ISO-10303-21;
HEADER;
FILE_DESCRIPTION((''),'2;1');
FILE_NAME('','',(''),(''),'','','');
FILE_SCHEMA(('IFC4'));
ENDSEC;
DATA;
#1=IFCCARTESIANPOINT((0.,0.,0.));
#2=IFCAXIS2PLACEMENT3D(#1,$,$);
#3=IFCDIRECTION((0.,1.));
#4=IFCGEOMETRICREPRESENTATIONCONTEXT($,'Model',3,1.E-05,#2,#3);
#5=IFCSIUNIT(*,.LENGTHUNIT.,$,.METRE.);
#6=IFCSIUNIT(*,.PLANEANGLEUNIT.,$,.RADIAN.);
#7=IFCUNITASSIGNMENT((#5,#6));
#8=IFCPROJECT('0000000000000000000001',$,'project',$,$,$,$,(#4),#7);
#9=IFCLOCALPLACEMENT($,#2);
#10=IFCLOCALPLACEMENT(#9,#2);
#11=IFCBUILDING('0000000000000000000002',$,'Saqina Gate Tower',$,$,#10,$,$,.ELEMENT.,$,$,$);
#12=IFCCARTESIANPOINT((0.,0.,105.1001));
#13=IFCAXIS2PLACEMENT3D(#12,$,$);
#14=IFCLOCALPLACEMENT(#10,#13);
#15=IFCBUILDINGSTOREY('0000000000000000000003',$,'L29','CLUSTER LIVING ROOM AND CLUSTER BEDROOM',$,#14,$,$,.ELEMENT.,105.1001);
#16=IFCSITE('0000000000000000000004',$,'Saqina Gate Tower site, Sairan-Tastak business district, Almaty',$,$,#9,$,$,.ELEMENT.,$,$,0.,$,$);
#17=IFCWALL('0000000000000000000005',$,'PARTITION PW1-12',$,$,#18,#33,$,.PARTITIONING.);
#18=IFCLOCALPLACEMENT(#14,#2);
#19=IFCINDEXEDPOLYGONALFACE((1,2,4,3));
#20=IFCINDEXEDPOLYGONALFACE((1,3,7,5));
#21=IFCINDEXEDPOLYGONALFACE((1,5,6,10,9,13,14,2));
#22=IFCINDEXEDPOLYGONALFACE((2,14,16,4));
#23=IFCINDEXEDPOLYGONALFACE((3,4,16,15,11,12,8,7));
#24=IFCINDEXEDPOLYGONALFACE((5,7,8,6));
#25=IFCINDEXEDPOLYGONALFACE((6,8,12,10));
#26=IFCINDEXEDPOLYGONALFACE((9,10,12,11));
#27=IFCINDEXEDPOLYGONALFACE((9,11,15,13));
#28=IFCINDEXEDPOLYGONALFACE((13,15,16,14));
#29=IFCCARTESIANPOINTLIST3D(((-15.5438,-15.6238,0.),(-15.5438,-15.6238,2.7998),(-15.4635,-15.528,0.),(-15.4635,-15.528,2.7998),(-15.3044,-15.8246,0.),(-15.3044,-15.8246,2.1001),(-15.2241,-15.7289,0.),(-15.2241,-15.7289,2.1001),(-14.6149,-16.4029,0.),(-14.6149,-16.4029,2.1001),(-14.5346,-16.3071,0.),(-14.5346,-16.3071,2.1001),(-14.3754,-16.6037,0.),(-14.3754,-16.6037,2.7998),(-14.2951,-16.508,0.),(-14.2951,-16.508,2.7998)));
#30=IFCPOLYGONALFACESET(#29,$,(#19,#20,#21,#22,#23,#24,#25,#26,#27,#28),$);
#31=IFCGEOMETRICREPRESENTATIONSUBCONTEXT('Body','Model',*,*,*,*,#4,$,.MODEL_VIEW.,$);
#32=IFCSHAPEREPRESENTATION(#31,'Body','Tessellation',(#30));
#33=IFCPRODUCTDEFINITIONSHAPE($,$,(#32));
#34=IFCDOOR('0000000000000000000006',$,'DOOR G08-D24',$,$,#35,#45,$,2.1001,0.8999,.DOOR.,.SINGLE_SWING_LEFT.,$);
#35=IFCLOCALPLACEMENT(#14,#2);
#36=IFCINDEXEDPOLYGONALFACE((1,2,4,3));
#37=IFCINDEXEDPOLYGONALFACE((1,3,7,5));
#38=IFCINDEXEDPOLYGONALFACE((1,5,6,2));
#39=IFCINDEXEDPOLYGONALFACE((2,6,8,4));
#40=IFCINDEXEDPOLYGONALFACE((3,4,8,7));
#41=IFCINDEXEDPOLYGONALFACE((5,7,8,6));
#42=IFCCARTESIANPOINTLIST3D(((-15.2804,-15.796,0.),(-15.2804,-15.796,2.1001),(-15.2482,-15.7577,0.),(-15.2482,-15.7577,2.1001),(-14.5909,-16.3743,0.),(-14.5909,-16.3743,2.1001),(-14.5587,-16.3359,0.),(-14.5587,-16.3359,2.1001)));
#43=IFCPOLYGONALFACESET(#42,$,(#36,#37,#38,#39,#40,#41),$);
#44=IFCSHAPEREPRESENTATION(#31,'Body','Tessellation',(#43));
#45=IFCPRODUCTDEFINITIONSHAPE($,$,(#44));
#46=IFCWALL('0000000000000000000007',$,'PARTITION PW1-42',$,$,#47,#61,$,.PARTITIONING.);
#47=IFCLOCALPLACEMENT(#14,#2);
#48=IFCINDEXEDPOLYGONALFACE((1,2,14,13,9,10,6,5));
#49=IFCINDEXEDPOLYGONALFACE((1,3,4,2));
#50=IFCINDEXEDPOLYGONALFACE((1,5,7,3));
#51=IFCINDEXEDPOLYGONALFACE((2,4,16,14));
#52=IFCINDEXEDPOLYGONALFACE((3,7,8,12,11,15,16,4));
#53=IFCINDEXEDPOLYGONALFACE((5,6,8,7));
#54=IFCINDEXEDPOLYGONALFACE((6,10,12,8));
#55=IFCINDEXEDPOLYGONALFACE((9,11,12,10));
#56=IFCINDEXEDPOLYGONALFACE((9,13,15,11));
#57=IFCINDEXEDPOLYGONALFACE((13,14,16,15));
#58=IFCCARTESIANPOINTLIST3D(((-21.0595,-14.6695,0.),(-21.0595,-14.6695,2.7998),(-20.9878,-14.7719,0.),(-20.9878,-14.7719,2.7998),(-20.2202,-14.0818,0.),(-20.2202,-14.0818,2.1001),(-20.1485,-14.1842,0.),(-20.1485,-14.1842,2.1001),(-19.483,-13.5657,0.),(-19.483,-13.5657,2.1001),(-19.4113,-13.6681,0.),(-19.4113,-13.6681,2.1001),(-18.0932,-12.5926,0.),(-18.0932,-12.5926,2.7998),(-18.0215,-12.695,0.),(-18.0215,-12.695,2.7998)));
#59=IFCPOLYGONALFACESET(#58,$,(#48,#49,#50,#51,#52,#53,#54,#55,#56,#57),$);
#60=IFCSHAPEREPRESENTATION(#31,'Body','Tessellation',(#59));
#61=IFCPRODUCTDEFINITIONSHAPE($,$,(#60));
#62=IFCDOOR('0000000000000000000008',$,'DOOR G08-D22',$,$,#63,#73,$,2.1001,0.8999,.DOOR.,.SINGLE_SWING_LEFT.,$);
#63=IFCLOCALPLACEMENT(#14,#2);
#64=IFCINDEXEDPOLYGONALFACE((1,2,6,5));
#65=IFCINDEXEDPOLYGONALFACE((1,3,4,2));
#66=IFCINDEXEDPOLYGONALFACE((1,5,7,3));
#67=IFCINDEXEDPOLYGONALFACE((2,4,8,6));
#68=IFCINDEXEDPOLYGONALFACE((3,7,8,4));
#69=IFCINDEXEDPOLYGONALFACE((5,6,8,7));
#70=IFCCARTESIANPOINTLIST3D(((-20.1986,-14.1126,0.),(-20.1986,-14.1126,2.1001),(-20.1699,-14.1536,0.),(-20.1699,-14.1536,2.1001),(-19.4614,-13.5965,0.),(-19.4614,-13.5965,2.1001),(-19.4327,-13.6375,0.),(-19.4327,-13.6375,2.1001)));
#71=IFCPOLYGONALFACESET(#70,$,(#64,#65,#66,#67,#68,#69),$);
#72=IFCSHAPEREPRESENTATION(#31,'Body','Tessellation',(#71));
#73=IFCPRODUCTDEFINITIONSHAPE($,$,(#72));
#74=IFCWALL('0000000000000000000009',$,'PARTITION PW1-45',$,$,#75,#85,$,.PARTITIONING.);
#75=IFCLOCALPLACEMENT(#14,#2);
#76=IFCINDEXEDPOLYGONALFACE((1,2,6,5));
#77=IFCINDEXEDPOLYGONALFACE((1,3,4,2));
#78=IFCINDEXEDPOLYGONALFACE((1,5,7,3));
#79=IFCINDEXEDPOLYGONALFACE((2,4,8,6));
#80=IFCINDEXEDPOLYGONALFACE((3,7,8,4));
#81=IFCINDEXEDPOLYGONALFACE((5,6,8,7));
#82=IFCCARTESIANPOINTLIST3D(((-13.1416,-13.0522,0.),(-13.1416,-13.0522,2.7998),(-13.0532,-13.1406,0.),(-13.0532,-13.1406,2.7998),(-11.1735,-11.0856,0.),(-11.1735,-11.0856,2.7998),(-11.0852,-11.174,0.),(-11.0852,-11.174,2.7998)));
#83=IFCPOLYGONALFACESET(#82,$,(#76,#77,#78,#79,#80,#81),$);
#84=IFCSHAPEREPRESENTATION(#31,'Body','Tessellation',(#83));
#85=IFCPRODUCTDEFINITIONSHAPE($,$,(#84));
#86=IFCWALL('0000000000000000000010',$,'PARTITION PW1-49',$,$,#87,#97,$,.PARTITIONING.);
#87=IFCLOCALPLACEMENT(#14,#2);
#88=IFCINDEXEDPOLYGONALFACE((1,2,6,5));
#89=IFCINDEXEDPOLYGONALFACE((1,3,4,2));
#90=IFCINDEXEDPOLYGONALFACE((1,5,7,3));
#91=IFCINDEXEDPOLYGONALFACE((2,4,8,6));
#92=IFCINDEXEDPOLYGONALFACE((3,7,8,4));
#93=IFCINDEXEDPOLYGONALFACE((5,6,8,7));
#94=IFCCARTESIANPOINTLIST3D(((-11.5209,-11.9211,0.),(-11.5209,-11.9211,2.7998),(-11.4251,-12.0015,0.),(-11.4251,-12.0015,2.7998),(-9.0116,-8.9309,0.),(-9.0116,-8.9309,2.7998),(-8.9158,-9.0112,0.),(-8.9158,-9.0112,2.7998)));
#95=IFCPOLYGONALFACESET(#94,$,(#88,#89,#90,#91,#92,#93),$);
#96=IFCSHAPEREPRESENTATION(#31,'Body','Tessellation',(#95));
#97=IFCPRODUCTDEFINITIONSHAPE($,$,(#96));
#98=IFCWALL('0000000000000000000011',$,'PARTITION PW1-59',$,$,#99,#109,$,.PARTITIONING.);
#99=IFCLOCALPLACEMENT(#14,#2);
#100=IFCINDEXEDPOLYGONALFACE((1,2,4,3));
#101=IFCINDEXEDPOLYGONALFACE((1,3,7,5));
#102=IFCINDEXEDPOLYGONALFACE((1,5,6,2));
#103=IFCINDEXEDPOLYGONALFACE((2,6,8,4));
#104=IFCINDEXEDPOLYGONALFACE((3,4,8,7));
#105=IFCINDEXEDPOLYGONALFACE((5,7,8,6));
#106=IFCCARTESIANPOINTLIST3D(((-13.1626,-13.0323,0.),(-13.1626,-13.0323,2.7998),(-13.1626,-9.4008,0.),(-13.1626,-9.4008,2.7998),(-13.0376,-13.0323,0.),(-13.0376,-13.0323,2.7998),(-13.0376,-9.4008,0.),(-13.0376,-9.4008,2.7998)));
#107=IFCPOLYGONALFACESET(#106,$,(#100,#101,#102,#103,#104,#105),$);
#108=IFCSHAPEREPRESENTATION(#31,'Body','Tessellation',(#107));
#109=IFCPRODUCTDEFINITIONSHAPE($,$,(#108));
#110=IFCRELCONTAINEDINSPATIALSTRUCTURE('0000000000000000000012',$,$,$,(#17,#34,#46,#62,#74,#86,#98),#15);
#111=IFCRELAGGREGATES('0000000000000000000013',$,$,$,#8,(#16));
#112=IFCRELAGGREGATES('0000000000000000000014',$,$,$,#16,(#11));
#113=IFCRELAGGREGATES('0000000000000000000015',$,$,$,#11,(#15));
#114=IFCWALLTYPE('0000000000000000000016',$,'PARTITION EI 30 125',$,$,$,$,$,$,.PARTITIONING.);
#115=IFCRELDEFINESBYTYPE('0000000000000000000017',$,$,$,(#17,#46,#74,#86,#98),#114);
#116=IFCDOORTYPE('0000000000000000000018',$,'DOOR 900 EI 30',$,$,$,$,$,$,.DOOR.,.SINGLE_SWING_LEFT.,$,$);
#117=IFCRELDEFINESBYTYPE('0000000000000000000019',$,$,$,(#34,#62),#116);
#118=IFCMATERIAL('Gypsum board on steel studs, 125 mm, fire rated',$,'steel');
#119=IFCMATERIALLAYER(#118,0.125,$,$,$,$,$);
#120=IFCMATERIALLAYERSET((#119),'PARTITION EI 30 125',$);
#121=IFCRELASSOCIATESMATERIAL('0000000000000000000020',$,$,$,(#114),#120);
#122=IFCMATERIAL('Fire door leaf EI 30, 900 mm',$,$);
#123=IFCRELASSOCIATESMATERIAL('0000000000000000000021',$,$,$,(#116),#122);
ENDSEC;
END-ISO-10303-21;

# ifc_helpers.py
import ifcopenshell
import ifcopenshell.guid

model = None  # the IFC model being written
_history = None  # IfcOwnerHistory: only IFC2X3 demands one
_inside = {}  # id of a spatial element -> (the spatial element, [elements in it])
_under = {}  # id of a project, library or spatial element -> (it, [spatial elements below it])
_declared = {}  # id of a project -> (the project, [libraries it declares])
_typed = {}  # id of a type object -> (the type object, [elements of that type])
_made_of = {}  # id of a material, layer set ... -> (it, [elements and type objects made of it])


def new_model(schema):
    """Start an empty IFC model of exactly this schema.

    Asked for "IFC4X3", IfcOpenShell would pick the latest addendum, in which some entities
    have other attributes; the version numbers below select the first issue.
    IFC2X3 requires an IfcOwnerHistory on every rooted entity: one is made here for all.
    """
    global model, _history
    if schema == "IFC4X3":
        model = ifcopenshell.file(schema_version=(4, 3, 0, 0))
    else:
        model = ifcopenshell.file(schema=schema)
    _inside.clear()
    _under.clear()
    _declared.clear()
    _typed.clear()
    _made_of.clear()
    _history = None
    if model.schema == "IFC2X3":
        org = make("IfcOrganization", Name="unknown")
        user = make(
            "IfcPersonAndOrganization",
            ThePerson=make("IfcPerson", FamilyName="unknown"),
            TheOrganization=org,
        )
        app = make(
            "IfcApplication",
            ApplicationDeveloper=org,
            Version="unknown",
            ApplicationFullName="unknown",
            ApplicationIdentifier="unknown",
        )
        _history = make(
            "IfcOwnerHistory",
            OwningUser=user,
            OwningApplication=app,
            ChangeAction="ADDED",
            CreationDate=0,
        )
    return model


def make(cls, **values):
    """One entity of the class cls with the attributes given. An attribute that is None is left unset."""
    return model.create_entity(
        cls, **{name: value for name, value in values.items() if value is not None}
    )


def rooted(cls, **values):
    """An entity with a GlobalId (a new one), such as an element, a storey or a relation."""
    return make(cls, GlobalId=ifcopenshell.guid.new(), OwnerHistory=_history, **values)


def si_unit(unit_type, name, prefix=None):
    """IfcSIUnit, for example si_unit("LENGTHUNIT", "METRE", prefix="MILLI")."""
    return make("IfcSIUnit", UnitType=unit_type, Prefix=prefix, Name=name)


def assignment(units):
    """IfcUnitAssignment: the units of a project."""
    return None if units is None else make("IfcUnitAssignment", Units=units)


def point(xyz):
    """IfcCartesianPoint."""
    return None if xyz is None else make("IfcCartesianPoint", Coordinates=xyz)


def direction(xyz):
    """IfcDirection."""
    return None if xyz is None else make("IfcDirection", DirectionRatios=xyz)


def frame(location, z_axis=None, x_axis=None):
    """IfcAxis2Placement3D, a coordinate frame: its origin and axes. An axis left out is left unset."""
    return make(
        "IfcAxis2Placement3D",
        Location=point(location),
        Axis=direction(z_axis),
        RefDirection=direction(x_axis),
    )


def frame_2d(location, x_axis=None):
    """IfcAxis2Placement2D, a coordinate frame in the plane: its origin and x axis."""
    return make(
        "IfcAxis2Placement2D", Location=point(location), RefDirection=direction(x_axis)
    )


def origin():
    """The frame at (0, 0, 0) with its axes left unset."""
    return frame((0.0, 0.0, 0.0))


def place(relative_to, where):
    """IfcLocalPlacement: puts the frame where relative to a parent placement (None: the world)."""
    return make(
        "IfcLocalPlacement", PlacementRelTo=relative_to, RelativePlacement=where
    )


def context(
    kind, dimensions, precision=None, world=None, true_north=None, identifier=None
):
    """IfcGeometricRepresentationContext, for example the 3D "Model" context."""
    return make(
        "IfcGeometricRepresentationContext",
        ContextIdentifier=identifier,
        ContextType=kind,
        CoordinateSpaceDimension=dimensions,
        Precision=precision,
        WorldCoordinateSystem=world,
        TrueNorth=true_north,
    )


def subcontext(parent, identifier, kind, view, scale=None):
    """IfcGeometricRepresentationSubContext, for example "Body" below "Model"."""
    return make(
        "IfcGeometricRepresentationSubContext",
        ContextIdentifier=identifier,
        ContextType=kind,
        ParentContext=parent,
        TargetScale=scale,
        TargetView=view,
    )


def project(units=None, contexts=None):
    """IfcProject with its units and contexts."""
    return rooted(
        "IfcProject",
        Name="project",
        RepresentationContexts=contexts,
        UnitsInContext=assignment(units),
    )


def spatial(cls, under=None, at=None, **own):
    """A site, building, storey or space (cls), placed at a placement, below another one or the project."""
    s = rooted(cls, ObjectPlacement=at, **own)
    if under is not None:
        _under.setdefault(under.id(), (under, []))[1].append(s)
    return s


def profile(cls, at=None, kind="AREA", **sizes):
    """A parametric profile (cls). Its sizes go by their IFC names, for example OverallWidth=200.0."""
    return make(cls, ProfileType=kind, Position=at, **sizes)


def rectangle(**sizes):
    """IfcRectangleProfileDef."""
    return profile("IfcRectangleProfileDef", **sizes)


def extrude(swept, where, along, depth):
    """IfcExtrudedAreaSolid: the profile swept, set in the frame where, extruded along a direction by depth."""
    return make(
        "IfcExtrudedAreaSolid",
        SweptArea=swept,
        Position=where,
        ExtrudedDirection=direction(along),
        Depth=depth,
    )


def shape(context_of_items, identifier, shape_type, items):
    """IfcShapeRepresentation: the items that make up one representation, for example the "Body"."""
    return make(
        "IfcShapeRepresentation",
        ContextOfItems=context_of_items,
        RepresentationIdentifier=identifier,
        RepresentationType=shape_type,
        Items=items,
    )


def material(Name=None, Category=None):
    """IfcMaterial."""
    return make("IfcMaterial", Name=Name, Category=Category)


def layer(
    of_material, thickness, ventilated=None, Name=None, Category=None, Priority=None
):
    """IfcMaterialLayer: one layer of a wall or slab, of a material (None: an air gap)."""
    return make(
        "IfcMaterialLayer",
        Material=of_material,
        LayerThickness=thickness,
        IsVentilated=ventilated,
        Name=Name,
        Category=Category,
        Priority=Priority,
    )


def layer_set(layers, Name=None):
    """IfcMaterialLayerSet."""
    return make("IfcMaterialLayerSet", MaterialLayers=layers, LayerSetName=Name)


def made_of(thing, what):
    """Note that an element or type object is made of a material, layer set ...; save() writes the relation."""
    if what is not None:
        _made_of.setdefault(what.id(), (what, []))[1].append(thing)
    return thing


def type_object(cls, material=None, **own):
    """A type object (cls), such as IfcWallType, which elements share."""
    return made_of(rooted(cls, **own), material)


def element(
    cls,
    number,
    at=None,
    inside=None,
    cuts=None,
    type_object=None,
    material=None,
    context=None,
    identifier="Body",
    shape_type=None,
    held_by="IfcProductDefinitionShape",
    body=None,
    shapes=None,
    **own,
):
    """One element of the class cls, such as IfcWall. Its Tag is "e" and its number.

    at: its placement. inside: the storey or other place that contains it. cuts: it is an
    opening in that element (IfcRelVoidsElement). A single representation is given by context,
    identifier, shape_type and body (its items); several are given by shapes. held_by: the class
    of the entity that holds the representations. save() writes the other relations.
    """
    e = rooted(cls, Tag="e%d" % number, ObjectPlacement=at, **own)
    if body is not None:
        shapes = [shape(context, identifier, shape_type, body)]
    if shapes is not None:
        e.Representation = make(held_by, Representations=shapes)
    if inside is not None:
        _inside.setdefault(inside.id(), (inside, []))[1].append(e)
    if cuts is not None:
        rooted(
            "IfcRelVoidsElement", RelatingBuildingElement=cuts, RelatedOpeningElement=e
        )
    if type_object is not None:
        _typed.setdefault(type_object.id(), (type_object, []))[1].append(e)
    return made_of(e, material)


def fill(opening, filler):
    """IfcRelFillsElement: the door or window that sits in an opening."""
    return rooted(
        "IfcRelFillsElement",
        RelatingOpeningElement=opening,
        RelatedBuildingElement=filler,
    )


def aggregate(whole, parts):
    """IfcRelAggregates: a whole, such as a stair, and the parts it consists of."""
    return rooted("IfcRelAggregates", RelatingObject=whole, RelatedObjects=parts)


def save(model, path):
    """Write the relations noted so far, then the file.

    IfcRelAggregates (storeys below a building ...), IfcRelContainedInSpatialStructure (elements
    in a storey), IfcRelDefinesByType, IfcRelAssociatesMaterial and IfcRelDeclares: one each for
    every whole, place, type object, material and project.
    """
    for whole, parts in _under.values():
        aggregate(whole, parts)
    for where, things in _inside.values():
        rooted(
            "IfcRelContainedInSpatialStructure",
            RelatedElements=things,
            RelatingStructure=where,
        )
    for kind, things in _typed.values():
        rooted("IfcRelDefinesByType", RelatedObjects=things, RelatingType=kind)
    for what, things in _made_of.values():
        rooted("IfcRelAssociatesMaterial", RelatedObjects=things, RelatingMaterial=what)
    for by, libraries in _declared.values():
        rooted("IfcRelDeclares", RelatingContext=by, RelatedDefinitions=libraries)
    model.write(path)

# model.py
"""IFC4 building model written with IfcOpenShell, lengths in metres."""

from ifc_helpers import new_model, si_unit, direction, frame, frame_2d, origin, place, context, subcontext, project, spatial, rectangle, extrude, material, layer, layer_set, type_object, element, fill, save


model = new_model("IFC4")

# Units and contexts
model_context = context("Model", 3, precision=1e-05, world=origin(), true_north=direction((0.0, 1.0)))
body_context = subcontext(model_context, "Body", "Model", "MODEL_VIEW")
ifc_project = project(units=[si_unit("LENGTHUNIT", "METRE"), si_unit("PLANEANGLEUNIT", "RADIAN")], contexts=[model_context])

# Site, building, storey
site_placement = place(None, origin())
site = spatial("IfcSite", under=ifc_project, at=site_placement, Name="Saqina Gate Tower site, Sairan-Tastak business district, Almaty", CompositionType="ELEMENT", RefElevation=0.0)
building_placement = place(site_placement, origin())
building = spatial("IfcBuilding", under=site, at=building_placement, Name="Saqina Gate Tower", CompositionType="ELEMENT")
storey_placement = place(building_placement, frame((0.0, 0.0, 105.1001)))
storey = spatial("IfcBuildingStorey", under=building, at=storey_placement, Name="L29", Description="CLUSTER LIVING ROOM AND CLUSTER BEDROOM", CompositionType="ELEMENT", Elevation=105.1001)

# Shared definitions
ifc_material_1 = material(Name="Gypsum board on steel studs, 125 mm, fire rated", Category="steel")
ifc_layer_1 = layer(ifc_material_1, 0.125)
ifc_layer_set_1 = layer_set([ifc_layer_1], Name="PARTITION EI 30 125")
wall_type_1 = type_object("IfcWallType", Name="PARTITION EI 30 125", PredefinedType="PARTITIONING", material=ifc_layer_set_1)

# Walls, openings, doors
wall_1_placement = place(storey_placement, frame((-15.5037, -15.5759, 0.0), z_axis=(0.0, 0.0, 1.0), x_axis=(0.766197, -0.642606, 0.0)))
wall_1 = element("IfcWall", 1, at=wall_1_placement, inside=storey, type_object=wall_type_1, Name="PARTITION PW1-12", PredefinedType="PARTITIONING", context=body_context, shape_type="SweptSolid", body=[
    extrude(rectangle(XDim=1.5249, YDim=0.125, at=frame_2d((0.7625, 0.0))), origin(), (0.0, 0.0, 1.0), 2.7998),
])
opening_1_placement = place(wall_1_placement, frame((0.3125, 0.0, 0.0)))
opening_1 = element("IfcOpeningElement", 2, at=opening_1_placement, cuts=wall_1, PredefinedType="OPENING", context=body_context, shape_type="SweptSolid", body=[
    extrude(rectangle(XDim=0.8999, YDim=2.1001, at=frame_2d((0.45, 1.05))), frame((0.0, 0.0745, 0.0), z_axis=(0.0, -1.0, 0.0), x_axis=(1.0, 0.0, 0.0)), (0.0, 0.0, 1.0), 0.1489),
])
ifc_material_2 = material(Name="Fire door leaf EI 30, 900 mm")
door_type_1 = type_object("IfcDoorType", Name="DOOR 900 EI 30", OperationType="SINGLE_SWING_LEFT", PredefinedType="DOOR", material=ifc_material_2)
door_1_placement = place(opening_1_placement, origin())
door_1 = element("IfcDoor", 3, at=door_1_placement, inside=storey, type_object=door_type_1, Name="DOOR G08-D24", OperationType="SINGLE_SWING_LEFT", OverallHeight=2.1001, OverallWidth=0.8999, PredefinedType="DOOR", context=body_context, shape_type="SweptSolid", body=[
    extrude(rectangle(XDim=0.8999, YDim=2.1001, at=frame_2d((0.45, 1.05))), frame((0.0, 0.0249, 0.0), z_axis=(0.0, -1.0, 0.0), x_axis=(1.0, 0.0, 0.0)), (0.0, 0.0, 1.0), 0.05),
])
fill(opening_1, door_1)
wall_2_placement = place(storey_placement, frame((-21.0237, -14.7207, 0.0), z_axis=(0.0, 0.0, 1.0), x_axis=(0.819169, 0.573553, 0.0)))
wall_2 = element("IfcWall", 4, at=wall_2_placement, inside=storey, type_object=wall_type_1, Name="PARTITION PW1-42", PredefinedType="PARTITIONING", context=body_context, shape_type="SweptSolid", body=[
    extrude(rectangle(XDim=3.6211, YDim=0.125, at=frame_2d((1.8105, 0.0))), origin(), (0.0, 0.0, 1.0), 2.7998),
])
opening_2_placement = place(wall_2_placement, frame((1.0247, 0.0, 0.0)))
opening_2 = element("IfcOpeningElement", 5, at=opening_2_placement, cuts=wall_2, PredefinedType="OPENING", context=body_context, shape_type="SweptSolid", body=[
    extrude(rectangle(XDim=0.8999, YDim=2.1001, at=frame_2d((0.45, 1.05))), frame((0.0, 0.0745, 0.0), z_axis=(0.0, -1.0, 0.0), x_axis=(1.0, 0.0, 0.0)), (0.0, 0.0, 1.0), 0.1489),
])
door_2_placement = place(opening_2_placement, origin())
door_2 = element("IfcDoor", 6, at=door_2_placement, inside=storey, type_object=door_type_1, Name="DOOR G08-D22", OperationType="SINGLE_SWING_LEFT", OverallHeight=2.1001, OverallWidth=0.8999, PredefinedType="DOOR", context=body_context, shape_type="SweptSolid", body=[
    extrude(rectangle(XDim=0.8999, YDim=2.1001, at=frame_2d((0.45, 1.05))), frame((0.0, 0.0249, 0.0), z_axis=(0.0, -1.0, 0.0), x_axis=(1.0, 0.0, 0.0)), (0.0, 0.0, 1.0), 0.05),
])
fill(opening_2, door_2)

# Walls
wall_3_placement = place(storey_placement, frame((-13.0974, -13.0964, 0.0), z_axis=(0.0, 0.0, 1.0), x_axis=(0.70737, 0.706843, 0.0)))
element("IfcWall", 7, at=wall_3_placement, inside=storey, type_object=wall_type_1, Name="PARTITION PW1-45", PredefinedType="PARTITIONING", context=body_context, shape_type="SweptSolid", body=[
    extrude(rectangle(XDim=2.7822, YDim=0.125, at=frame_2d((1.3911, 0.0))), origin(), (0.0, 0.0, 1.0), 2.7998),
])
wall_4_placement = place(storey_placement, frame((-11.4729, -11.9612, 0.0), z_axis=(0.0, 0.0, 1.0), x_axis=(0.642814, 0.766023, 0.0)))
element("IfcWall", 8, at=wall_4_placement, inside=storey, type_object=wall_type_1, Name="PARTITION PW1-49", PredefinedType="PARTITIONING", context=body_context, shape_type="SweptSolid", body=[
    extrude(rectangle(XDim=3.9036, YDim=0.125, at=frame_2d((1.9517, 0.0))), origin(), (0.0, 0.0, 1.0), 2.7998),
])
wall_5_placement = place(storey_placement, frame((-13.1001, -13.0325, 0.0), z_axis=(0.0, 0.0, 1.0), x_axis=(0.0, 1.0, 0.0)))
element("IfcWall", 9, at=wall_5_placement, inside=storey, type_object=wall_type_1, Name="PARTITION PW1-59", PredefinedType="PARTITIONING", context=body_context, shape_type="SweptSolid", body=[
    extrude(rectangle(XDim=3.6316, YDim=0.125, at=frame_2d((1.8159, 0.0))), origin(), (0.0, 0.0, 1.0), 2.7998),
])

save(model, "model.ifc")
